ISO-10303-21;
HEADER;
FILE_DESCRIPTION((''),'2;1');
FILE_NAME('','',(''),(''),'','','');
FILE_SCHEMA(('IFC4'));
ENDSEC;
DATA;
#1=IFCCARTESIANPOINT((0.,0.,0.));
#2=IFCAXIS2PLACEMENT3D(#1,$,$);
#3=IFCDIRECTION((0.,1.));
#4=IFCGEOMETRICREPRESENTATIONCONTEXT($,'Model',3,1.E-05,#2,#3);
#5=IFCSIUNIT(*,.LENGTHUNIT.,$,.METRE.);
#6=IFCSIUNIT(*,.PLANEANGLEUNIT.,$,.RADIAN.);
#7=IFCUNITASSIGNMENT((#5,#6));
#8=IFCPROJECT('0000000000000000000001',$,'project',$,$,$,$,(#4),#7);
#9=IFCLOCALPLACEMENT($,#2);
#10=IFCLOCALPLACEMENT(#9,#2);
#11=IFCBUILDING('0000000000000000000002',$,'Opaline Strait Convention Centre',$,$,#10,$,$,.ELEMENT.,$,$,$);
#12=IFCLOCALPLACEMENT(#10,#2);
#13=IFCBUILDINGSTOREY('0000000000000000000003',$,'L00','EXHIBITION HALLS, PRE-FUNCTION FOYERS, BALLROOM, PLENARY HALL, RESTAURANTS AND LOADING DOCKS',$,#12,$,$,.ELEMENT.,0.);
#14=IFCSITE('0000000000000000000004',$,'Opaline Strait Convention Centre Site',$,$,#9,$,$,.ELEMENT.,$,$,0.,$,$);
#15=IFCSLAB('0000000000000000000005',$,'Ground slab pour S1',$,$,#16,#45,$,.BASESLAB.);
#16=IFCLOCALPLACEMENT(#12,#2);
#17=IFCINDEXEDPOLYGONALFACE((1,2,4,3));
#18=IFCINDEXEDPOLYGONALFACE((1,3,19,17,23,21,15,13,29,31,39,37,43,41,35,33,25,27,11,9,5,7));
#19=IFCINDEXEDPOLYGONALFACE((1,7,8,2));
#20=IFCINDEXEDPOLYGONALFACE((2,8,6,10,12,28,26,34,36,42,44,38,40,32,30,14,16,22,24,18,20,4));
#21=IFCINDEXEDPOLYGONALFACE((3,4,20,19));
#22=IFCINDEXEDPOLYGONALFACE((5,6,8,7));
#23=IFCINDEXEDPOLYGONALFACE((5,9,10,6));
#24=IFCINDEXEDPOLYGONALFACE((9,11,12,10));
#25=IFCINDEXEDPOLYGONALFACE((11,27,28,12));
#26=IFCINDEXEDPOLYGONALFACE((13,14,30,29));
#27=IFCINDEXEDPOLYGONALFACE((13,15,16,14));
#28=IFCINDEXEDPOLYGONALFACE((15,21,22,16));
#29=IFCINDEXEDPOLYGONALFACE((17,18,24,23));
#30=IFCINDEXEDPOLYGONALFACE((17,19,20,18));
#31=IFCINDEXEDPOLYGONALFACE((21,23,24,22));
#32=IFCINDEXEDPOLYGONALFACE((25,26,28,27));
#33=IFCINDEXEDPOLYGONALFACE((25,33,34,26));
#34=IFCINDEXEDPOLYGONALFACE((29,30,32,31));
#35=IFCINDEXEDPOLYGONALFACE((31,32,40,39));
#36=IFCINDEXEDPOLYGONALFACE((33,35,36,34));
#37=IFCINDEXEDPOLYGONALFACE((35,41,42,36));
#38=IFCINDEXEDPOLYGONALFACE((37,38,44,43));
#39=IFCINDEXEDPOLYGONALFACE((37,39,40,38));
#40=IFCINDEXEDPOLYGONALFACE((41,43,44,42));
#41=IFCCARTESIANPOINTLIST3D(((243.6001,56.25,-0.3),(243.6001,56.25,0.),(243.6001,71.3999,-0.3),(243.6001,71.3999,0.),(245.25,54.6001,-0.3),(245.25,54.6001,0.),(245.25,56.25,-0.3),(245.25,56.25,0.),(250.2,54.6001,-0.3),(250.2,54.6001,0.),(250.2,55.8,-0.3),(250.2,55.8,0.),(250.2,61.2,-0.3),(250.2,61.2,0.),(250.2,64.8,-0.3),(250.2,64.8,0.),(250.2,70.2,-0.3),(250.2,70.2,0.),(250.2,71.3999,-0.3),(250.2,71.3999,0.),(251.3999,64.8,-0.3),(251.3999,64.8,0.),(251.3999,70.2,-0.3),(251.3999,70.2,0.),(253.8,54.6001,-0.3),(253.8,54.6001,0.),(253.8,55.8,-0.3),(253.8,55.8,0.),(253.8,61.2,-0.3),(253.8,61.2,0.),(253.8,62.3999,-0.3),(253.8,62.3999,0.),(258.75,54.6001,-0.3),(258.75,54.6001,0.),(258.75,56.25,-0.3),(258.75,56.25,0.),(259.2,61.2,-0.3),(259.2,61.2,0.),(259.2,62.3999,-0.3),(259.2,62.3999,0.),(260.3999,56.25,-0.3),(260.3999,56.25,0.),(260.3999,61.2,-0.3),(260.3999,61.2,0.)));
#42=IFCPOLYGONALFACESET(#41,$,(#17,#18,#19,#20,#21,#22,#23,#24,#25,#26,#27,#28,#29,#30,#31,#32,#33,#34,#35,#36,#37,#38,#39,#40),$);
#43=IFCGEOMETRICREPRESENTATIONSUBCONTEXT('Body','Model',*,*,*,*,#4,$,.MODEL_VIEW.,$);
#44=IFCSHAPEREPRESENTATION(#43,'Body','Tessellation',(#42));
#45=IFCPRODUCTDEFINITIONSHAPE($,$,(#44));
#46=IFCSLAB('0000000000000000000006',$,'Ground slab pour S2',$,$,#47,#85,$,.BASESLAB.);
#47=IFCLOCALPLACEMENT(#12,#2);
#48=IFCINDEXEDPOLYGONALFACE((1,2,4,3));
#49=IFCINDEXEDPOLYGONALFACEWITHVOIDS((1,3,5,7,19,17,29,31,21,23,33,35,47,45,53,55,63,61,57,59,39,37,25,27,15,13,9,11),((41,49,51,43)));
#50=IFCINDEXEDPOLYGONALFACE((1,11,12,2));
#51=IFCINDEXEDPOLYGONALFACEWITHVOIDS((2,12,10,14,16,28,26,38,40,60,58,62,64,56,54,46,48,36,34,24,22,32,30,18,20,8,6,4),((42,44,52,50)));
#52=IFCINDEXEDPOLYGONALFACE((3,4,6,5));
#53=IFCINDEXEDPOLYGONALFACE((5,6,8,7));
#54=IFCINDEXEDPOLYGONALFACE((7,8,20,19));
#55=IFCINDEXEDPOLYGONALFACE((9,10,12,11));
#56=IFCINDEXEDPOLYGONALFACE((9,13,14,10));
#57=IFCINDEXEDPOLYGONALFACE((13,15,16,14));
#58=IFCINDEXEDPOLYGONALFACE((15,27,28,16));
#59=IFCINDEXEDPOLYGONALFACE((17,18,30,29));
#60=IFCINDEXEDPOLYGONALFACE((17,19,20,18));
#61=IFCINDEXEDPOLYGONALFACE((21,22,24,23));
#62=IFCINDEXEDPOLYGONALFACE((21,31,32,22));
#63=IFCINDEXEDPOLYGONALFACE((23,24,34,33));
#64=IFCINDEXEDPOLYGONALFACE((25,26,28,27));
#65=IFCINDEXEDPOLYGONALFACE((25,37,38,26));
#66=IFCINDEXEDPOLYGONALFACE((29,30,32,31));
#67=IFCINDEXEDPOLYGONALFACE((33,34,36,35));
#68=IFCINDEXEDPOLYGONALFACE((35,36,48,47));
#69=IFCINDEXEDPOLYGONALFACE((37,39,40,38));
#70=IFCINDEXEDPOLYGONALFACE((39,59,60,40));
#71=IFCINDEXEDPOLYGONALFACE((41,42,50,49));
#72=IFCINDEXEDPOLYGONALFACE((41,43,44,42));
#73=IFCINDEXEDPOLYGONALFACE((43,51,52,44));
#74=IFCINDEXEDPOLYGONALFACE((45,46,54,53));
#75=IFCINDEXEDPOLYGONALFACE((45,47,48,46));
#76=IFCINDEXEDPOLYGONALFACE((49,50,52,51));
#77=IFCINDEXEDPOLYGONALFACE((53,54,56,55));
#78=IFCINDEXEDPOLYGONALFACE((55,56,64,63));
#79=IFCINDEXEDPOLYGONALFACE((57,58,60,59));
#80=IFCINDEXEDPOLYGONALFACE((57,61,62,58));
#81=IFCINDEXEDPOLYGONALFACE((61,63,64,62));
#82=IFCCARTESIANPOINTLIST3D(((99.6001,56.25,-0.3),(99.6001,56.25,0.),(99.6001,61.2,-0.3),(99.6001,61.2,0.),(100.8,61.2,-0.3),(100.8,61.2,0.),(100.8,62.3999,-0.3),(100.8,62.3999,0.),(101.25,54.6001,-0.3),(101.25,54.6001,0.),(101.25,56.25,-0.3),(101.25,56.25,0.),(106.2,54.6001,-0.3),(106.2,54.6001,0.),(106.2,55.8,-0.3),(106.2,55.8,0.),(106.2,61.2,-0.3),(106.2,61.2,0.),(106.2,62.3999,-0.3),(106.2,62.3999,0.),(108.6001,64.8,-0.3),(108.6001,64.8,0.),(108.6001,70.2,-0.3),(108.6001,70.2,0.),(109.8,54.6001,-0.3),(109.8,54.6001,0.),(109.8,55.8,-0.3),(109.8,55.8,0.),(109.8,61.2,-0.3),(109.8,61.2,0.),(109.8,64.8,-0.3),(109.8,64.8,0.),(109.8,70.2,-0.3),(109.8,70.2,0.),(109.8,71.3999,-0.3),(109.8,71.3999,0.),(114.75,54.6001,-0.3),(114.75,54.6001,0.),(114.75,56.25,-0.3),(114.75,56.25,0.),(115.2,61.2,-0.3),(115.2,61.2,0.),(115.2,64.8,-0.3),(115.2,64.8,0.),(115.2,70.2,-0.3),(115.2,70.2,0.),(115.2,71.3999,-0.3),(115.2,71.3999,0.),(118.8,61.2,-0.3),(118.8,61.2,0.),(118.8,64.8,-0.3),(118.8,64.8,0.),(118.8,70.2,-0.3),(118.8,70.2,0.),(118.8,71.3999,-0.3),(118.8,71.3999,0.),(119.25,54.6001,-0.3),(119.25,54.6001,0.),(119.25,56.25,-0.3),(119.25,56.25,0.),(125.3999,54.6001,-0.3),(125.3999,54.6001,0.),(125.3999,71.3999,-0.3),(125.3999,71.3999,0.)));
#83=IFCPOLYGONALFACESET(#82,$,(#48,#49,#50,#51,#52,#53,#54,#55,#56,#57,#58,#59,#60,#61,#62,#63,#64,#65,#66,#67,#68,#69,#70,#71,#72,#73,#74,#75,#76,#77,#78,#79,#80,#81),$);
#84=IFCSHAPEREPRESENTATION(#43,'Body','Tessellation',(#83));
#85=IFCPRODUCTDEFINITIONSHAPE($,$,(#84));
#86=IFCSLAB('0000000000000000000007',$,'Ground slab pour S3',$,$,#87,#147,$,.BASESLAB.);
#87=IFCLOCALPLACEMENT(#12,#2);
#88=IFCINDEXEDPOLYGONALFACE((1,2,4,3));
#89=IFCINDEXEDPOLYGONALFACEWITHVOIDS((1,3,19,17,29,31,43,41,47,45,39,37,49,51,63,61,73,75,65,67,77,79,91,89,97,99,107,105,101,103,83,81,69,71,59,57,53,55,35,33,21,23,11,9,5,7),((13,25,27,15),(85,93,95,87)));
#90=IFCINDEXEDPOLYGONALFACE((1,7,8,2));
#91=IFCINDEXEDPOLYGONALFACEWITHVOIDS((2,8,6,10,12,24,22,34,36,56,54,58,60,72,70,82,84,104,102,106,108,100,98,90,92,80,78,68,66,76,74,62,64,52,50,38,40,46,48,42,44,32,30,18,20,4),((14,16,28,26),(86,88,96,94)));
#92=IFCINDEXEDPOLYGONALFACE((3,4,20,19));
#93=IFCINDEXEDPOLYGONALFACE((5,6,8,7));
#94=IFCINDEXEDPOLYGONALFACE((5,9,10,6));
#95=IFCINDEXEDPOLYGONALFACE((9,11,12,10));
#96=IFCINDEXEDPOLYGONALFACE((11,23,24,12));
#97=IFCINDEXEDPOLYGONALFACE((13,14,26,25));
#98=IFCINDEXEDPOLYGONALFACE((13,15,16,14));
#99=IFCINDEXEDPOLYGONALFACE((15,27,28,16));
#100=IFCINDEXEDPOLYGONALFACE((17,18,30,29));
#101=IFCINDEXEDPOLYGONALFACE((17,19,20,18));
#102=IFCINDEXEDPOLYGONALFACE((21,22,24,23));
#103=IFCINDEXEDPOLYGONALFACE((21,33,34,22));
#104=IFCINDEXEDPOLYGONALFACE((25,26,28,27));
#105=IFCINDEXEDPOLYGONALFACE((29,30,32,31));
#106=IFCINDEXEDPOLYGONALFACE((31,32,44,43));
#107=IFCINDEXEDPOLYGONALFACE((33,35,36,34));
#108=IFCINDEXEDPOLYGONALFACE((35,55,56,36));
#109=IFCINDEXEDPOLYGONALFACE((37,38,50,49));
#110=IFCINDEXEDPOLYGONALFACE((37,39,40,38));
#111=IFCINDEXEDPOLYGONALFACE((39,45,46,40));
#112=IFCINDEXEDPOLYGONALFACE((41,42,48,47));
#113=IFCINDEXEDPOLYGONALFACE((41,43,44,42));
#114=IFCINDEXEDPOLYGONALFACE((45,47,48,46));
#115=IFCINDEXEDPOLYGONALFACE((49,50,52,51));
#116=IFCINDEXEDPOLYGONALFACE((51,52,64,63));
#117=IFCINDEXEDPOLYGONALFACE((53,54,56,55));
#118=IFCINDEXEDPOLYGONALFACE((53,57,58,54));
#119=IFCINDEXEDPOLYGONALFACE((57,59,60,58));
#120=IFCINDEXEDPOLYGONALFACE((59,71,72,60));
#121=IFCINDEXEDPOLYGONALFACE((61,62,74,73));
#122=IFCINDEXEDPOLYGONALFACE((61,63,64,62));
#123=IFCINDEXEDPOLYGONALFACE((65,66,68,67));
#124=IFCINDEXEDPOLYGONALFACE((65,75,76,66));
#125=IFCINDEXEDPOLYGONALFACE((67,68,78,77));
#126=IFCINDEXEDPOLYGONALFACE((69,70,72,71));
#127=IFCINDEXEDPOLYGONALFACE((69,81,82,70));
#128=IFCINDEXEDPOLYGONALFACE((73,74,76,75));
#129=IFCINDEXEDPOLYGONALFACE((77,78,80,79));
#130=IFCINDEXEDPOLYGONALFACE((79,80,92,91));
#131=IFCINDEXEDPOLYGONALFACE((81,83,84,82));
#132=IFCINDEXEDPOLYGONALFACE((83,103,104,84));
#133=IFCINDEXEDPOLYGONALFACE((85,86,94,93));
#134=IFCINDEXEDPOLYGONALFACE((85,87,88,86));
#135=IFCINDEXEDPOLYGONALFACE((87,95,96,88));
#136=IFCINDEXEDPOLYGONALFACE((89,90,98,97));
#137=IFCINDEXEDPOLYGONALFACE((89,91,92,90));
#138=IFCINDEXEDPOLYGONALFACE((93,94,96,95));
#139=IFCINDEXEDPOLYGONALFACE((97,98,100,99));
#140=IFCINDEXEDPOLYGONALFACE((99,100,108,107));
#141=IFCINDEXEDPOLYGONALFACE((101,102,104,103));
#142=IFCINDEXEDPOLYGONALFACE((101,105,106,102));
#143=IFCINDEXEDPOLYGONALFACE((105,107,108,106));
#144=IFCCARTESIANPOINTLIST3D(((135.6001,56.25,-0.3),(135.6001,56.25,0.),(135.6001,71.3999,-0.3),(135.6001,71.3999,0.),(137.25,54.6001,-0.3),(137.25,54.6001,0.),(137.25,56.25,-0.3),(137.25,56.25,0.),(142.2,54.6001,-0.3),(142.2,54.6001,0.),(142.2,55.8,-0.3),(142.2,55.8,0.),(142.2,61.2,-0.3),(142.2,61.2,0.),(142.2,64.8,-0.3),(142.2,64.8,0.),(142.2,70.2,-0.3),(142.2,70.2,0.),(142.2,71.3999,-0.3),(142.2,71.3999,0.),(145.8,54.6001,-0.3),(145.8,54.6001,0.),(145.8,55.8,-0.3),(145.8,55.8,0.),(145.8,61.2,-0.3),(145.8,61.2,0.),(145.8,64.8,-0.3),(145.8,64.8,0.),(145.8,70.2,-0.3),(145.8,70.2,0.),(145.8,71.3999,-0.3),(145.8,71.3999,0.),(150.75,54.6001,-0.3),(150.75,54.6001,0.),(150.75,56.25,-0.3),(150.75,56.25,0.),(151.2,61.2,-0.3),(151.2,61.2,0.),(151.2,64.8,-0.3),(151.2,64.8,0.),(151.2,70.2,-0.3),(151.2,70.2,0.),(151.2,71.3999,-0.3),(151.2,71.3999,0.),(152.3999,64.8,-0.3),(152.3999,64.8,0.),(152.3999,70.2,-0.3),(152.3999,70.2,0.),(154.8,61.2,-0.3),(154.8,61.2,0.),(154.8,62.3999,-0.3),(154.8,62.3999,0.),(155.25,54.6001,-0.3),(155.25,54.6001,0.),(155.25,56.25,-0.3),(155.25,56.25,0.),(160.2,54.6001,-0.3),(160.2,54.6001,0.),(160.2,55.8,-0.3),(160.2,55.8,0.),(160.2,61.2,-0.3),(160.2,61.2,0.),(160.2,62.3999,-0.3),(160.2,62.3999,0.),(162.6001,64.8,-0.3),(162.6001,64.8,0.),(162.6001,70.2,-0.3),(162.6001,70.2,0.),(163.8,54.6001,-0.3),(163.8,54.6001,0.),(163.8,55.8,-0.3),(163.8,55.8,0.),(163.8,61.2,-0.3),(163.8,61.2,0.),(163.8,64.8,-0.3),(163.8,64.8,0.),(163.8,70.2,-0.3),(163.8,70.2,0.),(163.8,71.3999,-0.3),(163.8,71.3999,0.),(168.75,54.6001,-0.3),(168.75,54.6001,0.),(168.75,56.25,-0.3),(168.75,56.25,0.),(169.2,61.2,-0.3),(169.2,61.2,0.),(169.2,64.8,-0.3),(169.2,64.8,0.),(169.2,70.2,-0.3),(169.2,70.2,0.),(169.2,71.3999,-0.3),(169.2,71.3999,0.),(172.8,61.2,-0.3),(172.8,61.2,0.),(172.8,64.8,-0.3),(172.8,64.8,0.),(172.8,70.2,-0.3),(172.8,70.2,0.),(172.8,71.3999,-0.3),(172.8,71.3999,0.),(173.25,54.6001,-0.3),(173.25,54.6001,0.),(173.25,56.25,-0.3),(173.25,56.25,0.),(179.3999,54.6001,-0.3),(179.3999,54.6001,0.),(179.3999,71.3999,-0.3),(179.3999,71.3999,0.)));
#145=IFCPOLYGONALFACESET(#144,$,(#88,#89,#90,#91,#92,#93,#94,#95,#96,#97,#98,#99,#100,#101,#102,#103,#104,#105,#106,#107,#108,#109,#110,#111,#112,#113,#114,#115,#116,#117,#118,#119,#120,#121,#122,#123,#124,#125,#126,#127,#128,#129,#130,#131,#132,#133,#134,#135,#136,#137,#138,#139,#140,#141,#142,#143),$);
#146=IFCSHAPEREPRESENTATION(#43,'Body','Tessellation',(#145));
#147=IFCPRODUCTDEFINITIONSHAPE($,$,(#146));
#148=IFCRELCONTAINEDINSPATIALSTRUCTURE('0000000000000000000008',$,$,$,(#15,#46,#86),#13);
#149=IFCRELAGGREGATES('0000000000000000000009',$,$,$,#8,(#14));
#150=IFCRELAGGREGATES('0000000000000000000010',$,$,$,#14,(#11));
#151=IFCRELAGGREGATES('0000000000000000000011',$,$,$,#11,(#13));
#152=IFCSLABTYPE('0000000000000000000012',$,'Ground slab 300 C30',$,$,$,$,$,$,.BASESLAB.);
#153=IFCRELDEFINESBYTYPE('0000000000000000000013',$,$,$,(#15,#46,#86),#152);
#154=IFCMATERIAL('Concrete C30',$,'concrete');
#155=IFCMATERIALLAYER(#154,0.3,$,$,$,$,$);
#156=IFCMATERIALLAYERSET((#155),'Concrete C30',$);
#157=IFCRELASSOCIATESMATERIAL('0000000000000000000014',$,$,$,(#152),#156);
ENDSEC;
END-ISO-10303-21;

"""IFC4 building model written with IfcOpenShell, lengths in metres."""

from ifc_helpers import new_model, si_unit, direction, frame, origin, place, context, subcontext, project, spatial, polyline, outline, extrude, material, layer, layer_set, type_object, element, save


model = new_model("IFC4")

# Units and contexts
model_context = context("Model", 3, precision=1e-05, world=origin(), true_north=direction((0.0, 1.0)))
body_context = subcontext(model_context, "Body", "Model", "MODEL_VIEW")
ifc_project = project(units=[si_unit("LENGTHUNIT", "METRE"), si_unit("PLANEANGLEUNIT", "RADIAN")], contexts=[model_context])

# Site, building, storey
site_placement = place(None, origin())
site = spatial("IfcSite", under=ifc_project, at=site_placement, Name="Opaline Strait Convention Centre Site", CompositionType="ELEMENT", RefElevation=0.0)
building_placement = place(site_placement, origin())
building = spatial("IfcBuilding", under=site, at=building_placement, Name="Opaline Strait Convention Centre", CompositionType="ELEMENT")
storey_placement = place(building_placement, origin())
storey = spatial("IfcBuildingStorey", under=building, at=storey_placement, Name="L00", Description="EXHIBITION HALLS, PRE-FUNCTION FOYERS, BALLROOM, PLENARY HALL, RESTAURANTS AND LOADING DOCKS", CompositionType="ELEMENT", Elevation=0.0)

# Slabs
ifc_material_1 = material(Name="Concrete C30", Category="concrete")
ifc_layer_1 = layer(ifc_material_1, 0.3)
ifc_layer_set_1 = layer_set([ifc_layer_1], Name="Concrete C30")
slab_type = type_object("IfcSlabType", Name="Ground slab 300 C30", PredefinedType="BASESLAB", material=ifc_layer_set_1)
slab_1_placement = place(storey_placement, frame((0.0, 0.0, -0.3)))
element("IfcSlab", 1, at=slab_1_placement, inside=storey, type_object=slab_type, Name="Ground slab pour S1", PredefinedType="BASESLAB", context=body_context, shape_type="SweptSolid", body=[
    extrude(outline(polyline([(243.6001, 56.25), (243.6001, 71.3999), (250.2, 71.3999), (250.2, 70.2), (251.3999, 70.2), (251.3999, 64.8), (250.2, 64.8), (250.2, 61.2), (253.8, 61.2), (253.8, 62.3999), (259.2, 62.3999), (259.2, 61.2), (260.3999, 61.2), (260.3999, 56.25), (258.75, 56.25), (258.75, 54.6001), (253.8, 54.6001), (253.8, 55.8), (250.2, 55.8), (250.2, 54.6001), (245.25, 54.6001), (245.25, 56.25), (243.6001, 56.25)])), origin(), (0.0, 0.0, 1.0), 0.3),
])
slab_2_placement = place(storey_placement, frame((0.0, 0.0, -0.3)))
element("IfcSlab", 2, at=slab_2_placement, inside=storey, type_object=slab_type, Name="Ground slab pour S2", PredefinedType="BASESLAB", context=body_context, shape_type="SweptSolid", body=[
    extrude(outline(polyline([(99.6001, 56.25), (99.6001, 61.2), (100.8, 61.2), (100.8, 62.3999), (106.2, 62.3999), (106.2, 61.2), (109.8, 61.2), (109.8, 64.8), (108.6001, 64.8), (108.6001, 70.2), (109.8, 70.2), (109.8, 71.3999), (115.2, 71.3999), (115.2, 70.2), (118.8, 70.2), (118.8, 71.3999), (125.3999, 71.3999), (125.3999, 54.6001), (119.25, 54.6001), (119.25, 56.25), (114.75, 56.25), (114.75, 54.6001), (109.8, 54.6001), (109.8, 55.8), (106.2, 55.8), (106.2, 54.6001), (101.25, 54.6001), (101.25, 56.25), (99.6001, 56.25)]), holes=[polyline([(115.2, 61.2), (118.8, 61.2), (118.8, 64.8), (115.2, 64.8), (115.2, 61.2)])]), origin(), (0.0, 0.0, 1.0), 0.3),
])
slab_3_placement = place(storey_placement, frame((0.0, 0.0, -0.3)))
element("IfcSlab", 3, at=slab_3_placement, inside=storey, type_object=slab_type, Name="Ground slab pour S3", PredefinedType="BASESLAB", context=body_context, shape_type="SweptSolid", body=[
    extrude(outline(polyline([(135.6001, 56.25), (135.6001, 71.3999), (142.2, 71.3999), (142.2, 70.2), (145.8, 70.2), (145.8, 71.3999), (151.2, 71.3999), (151.2, 70.2), (152.3999, 70.2), (152.3999, 64.8), (151.2, 64.8), (151.2, 61.2), (154.8, 61.2), (154.8, 62.3999), (160.2, 62.3999), (160.2, 61.2), (163.8, 61.2), (163.8, 64.8), (162.6001, 64.8), (162.6001, 70.2), (163.8, 70.2), (163.8, 71.3999), (169.2, 71.3999), (169.2, 70.2), (172.8, 70.2), (172.8, 71.3999), (179.3999, 71.3999), (179.3999, 54.6001), (173.25, 54.6001), (173.25, 56.25), (168.75, 56.25), (168.75, 54.6001), (163.8, 54.6001), (163.8, 55.8), (160.2, 55.8), (160.2, 54.6001), (155.25, 54.6001), (155.25, 56.25), (150.75, 56.25), (150.75, 54.6001), (145.8, 54.6001), (145.8, 55.8), (142.2, 55.8), (142.2, 54.6001), (137.25, 54.6001), (137.25, 56.25), (135.6001, 56.25)]), holes=[polyline([(169.2, 61.2), (172.8, 61.2), (172.8, 64.8), (169.2, 64.8), (169.2, 61.2)]), polyline([(142.2, 61.2), (145.8, 61.2), (145.8, 64.8), (142.2, 64.8), (142.2, 61.2)])]), origin(), (0.0, 0.0, 1.0), 0.3),
])

save(model, "model.ifc")
